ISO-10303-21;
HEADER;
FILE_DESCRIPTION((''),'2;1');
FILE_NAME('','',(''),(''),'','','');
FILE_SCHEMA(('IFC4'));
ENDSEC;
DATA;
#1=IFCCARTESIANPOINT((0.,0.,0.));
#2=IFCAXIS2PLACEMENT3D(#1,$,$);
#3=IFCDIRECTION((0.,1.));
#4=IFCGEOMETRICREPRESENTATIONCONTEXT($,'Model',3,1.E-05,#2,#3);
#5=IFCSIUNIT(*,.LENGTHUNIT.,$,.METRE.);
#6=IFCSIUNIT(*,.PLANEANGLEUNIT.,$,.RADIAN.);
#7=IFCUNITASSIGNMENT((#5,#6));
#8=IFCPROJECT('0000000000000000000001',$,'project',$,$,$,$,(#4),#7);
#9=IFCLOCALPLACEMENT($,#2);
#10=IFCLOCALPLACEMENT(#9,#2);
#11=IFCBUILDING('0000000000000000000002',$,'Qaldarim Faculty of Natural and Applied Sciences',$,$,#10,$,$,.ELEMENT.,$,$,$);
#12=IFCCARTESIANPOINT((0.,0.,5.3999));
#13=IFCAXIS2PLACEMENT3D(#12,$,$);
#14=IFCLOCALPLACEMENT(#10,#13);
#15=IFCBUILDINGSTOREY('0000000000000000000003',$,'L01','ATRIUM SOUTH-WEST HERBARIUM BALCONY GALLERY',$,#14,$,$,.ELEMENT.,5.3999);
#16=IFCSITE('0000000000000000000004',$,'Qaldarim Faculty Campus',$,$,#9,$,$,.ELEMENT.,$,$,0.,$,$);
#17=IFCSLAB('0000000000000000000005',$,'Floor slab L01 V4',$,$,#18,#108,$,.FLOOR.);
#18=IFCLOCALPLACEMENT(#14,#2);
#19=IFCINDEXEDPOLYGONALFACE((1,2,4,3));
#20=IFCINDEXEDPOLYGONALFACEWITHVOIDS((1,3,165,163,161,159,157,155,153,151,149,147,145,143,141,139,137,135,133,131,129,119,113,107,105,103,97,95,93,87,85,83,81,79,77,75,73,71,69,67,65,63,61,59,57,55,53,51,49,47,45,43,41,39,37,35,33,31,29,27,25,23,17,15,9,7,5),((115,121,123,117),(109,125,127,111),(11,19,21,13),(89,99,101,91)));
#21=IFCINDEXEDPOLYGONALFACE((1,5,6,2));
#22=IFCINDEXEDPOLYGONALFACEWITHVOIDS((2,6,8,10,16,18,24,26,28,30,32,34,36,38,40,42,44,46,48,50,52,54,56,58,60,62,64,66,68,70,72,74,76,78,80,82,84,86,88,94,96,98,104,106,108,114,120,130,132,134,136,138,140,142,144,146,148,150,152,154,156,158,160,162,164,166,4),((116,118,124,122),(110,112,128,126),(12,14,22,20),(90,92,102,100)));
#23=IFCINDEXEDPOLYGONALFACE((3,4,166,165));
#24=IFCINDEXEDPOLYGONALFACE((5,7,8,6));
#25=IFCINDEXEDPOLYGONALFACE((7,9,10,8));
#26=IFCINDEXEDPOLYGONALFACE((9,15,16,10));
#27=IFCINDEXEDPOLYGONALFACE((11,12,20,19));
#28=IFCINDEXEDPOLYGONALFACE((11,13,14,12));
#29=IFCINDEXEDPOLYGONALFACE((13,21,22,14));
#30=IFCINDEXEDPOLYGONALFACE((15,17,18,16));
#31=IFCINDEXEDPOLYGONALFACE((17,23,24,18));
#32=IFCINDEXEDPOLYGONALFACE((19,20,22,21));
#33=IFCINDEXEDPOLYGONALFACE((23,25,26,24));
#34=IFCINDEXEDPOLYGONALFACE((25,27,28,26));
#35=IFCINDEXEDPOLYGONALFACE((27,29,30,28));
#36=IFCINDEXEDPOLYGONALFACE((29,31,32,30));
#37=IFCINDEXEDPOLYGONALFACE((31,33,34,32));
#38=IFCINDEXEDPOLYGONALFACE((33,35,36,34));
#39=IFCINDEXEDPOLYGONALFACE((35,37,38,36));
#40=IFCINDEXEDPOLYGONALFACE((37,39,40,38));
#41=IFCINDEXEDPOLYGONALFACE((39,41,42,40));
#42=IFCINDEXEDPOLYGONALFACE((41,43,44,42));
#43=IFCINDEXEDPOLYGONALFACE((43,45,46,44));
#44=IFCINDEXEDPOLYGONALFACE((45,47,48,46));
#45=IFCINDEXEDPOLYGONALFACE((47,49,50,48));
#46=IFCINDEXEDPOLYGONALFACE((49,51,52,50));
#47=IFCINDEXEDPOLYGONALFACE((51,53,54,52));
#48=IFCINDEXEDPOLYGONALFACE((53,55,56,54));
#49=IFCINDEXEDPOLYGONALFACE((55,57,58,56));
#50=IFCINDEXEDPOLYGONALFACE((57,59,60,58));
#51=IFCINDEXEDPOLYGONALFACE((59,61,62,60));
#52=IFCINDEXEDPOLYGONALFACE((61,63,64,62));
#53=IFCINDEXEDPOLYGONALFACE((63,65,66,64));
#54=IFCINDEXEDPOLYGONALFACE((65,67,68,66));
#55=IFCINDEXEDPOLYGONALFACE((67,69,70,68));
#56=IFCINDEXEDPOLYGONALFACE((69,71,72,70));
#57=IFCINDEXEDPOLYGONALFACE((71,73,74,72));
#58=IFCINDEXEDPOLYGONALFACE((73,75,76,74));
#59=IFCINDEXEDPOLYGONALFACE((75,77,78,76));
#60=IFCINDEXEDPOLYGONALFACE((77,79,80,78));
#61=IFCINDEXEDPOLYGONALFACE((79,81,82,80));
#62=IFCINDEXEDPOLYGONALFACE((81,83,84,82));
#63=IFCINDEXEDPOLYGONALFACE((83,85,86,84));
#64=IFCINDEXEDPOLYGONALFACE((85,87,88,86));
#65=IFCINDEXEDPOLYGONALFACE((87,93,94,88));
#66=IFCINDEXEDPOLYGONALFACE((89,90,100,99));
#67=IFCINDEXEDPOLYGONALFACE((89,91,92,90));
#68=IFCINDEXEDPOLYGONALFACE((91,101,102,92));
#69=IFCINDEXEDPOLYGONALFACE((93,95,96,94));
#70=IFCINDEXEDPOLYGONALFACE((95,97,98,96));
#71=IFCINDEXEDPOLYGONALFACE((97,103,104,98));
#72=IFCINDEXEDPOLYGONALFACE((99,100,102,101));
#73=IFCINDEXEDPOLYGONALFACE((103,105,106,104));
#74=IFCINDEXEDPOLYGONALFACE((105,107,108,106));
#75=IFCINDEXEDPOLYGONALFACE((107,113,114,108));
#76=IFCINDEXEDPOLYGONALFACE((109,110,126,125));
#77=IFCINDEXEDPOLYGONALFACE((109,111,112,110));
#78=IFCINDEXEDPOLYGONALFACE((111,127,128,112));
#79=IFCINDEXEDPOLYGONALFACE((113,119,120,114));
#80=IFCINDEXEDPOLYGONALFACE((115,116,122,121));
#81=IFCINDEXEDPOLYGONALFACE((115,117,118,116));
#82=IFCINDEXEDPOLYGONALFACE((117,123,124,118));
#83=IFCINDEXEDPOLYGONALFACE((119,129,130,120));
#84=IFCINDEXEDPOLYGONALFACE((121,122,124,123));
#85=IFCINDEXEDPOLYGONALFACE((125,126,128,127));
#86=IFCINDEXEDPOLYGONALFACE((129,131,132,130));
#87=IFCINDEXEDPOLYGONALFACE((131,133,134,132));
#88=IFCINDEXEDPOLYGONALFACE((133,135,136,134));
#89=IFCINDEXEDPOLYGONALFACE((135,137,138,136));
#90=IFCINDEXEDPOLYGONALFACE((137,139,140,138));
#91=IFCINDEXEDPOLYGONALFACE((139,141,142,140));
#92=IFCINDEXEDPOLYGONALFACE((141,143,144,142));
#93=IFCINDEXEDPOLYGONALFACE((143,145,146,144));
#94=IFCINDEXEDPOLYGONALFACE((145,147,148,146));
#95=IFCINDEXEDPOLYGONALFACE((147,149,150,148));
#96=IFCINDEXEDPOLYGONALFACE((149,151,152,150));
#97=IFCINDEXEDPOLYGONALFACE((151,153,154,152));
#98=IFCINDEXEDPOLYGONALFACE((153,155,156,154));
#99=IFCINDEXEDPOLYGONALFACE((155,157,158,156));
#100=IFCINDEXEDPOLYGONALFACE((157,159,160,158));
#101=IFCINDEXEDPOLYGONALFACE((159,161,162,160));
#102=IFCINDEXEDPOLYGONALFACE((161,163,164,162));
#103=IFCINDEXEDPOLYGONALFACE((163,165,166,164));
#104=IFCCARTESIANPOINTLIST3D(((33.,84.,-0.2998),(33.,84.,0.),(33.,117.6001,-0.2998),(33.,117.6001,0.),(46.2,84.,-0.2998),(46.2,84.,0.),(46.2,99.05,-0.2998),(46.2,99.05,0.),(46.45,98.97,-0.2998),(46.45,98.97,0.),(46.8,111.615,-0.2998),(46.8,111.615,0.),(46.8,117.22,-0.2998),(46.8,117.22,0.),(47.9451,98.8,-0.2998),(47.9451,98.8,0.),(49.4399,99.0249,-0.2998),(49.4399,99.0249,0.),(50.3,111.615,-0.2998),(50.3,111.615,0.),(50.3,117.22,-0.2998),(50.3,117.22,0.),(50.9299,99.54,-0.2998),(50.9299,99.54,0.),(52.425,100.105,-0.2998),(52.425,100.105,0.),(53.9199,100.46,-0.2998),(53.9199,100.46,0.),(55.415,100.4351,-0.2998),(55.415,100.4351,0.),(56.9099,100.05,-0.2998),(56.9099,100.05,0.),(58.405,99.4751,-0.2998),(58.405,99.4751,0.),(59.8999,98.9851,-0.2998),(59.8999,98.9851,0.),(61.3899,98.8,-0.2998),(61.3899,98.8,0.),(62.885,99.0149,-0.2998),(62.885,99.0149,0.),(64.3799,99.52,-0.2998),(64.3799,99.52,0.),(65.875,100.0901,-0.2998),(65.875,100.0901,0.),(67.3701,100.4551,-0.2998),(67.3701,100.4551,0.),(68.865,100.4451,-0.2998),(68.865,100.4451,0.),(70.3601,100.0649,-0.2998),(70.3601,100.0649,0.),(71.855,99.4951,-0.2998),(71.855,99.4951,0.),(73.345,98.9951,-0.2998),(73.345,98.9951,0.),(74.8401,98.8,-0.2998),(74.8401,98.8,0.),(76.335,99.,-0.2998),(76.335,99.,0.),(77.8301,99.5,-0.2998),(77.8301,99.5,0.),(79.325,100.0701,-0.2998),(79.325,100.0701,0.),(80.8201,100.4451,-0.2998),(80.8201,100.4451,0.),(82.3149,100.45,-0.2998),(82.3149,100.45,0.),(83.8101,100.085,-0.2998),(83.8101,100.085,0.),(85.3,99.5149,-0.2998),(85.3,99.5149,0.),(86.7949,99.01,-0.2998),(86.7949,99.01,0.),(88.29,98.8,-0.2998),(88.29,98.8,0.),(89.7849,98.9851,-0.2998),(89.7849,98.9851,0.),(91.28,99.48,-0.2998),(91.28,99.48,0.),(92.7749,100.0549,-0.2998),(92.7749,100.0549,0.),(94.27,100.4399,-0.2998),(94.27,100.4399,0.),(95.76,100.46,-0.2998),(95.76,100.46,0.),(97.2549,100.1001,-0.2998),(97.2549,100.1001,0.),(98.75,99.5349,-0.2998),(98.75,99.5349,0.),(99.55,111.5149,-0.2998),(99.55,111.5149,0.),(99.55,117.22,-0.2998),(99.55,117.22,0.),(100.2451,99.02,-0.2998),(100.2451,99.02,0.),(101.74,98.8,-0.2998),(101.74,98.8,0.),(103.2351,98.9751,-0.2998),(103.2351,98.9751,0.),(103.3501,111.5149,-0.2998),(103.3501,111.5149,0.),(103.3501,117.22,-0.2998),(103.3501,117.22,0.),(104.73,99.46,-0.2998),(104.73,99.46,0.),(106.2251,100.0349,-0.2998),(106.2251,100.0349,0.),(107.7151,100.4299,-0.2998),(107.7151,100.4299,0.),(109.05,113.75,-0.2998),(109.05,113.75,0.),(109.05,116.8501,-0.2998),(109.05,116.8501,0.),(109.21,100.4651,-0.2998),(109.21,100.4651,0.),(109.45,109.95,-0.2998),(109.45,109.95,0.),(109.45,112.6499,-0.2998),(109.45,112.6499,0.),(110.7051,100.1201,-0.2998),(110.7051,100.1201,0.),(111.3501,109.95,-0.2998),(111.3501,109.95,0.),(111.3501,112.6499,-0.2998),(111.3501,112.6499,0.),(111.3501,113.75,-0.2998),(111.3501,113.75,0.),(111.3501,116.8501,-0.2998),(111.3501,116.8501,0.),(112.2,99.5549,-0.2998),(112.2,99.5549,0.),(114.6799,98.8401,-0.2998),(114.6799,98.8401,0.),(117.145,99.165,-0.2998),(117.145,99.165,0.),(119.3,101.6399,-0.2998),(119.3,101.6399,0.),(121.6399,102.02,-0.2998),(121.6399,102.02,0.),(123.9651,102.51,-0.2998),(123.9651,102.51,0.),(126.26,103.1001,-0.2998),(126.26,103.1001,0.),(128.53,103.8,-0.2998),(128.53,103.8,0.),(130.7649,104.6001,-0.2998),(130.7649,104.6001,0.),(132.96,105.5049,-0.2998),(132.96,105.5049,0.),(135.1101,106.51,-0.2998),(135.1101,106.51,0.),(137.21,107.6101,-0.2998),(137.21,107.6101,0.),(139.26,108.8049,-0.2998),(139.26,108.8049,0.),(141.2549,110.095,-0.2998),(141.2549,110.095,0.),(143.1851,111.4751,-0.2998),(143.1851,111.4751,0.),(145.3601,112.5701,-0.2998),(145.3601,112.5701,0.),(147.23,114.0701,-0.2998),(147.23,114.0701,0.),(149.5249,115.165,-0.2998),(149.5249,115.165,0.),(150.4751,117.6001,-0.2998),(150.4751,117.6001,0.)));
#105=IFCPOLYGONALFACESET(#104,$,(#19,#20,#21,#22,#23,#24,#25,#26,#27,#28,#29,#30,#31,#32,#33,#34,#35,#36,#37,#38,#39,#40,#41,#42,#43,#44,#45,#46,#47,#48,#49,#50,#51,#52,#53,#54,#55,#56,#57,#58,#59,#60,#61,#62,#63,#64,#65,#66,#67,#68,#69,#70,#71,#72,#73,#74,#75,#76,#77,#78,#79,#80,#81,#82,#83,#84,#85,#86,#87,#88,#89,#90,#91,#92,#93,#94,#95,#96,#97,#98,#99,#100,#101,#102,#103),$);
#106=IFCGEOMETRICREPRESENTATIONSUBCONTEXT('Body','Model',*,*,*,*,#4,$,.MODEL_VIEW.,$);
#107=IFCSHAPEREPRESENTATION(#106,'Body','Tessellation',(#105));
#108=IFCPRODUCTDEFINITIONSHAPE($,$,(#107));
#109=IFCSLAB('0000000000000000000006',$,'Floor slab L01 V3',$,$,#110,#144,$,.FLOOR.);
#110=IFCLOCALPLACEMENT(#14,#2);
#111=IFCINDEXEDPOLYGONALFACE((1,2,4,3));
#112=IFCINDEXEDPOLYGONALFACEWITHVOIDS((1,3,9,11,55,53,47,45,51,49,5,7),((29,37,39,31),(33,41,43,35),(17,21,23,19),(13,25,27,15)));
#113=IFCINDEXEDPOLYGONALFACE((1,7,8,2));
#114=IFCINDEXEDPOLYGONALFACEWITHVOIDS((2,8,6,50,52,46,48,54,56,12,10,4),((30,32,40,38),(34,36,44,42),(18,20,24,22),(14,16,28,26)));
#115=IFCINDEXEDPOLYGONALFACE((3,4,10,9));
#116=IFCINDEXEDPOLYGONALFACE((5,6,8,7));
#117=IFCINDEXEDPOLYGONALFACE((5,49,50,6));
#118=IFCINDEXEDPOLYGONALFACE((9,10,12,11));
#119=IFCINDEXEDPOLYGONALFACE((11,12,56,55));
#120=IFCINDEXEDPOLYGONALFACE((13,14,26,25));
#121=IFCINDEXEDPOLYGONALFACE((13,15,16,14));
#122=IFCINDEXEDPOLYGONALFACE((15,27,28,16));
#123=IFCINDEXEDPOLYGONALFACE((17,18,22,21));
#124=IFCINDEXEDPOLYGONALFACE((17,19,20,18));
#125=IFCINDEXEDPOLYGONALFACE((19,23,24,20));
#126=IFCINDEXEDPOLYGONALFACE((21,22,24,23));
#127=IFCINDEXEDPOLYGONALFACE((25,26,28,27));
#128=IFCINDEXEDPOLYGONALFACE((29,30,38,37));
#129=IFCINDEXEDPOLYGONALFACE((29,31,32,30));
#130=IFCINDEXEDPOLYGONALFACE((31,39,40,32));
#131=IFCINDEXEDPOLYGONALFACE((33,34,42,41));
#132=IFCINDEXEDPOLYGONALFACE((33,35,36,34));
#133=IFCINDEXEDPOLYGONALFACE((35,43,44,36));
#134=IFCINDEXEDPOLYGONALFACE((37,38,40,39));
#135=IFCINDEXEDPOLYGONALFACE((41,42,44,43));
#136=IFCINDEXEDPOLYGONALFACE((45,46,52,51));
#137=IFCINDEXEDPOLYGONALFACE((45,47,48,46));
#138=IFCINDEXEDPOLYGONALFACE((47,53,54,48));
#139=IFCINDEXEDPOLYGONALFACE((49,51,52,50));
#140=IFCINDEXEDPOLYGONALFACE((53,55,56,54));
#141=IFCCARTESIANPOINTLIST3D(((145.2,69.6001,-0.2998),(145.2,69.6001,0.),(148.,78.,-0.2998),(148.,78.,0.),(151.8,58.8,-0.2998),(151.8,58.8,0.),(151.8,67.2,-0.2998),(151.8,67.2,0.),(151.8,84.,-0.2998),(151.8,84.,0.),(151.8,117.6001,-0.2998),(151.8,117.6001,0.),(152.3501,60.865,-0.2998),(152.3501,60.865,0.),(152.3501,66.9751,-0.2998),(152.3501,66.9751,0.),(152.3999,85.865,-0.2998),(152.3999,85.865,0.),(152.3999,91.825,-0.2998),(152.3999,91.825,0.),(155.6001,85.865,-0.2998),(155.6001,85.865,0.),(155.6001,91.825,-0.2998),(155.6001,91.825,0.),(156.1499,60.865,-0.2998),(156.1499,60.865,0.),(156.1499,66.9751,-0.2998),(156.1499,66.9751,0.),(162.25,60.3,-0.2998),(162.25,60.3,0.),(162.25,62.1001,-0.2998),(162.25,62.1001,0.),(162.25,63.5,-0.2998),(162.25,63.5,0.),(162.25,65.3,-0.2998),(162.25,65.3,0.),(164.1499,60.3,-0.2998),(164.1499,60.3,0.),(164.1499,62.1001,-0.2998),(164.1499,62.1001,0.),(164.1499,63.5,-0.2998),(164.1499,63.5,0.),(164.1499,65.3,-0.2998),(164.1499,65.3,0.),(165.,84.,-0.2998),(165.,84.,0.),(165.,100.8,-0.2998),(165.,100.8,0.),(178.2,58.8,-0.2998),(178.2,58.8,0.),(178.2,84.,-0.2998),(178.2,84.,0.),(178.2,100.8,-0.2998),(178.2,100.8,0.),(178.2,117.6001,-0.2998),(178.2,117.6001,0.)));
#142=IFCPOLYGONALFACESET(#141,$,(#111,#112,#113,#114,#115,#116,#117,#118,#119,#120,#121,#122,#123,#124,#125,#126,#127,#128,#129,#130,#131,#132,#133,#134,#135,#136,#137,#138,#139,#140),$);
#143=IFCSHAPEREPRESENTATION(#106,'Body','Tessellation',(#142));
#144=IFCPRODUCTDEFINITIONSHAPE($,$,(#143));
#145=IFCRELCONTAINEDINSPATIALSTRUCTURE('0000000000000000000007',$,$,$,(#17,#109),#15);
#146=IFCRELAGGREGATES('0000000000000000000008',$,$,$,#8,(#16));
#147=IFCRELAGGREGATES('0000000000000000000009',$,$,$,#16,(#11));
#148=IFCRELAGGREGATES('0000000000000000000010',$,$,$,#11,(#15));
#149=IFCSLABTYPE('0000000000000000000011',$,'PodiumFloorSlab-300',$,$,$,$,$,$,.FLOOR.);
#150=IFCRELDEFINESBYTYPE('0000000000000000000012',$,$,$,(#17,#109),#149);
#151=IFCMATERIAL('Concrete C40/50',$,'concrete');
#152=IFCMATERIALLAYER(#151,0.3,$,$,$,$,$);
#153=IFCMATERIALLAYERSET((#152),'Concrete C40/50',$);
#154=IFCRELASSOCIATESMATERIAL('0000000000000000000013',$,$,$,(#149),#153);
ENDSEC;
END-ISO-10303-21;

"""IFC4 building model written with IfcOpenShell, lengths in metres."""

from ifc_helpers import new_model, si_unit, direction, frame, origin, place, context, subcontext, project, spatial, polyline, outline, extrude, material, layer, layer_set, type_object, element, save


model = new_model("IFC4")

# Units and contexts
model_context = context("Model", 3, precision=1e-05, world=origin(), true_north=direction((0.0, 1.0)))
body_context = subcontext(model_context, "Body", "Model", "MODEL_VIEW")
ifc_project = project(units=[si_unit("LENGTHUNIT", "METRE"), si_unit("PLANEANGLEUNIT", "RADIAN")], contexts=[model_context])

# Site, building, storey
site_placement = place(None, origin())
site = spatial("IfcSite", under=ifc_project, at=site_placement, Name="Qaldarim Faculty Campus", CompositionType="ELEMENT", RefElevation=0.0)
building_placement = place(site_placement, origin())
building = spatial("IfcBuilding", under=site, at=building_placement, Name="Qaldarim Faculty of Natural and Applied Sciences", CompositionType="ELEMENT")
storey_placement = place(building_placement, frame((0.0, 0.0, 5.3999)))
storey = spatial("IfcBuildingStorey", under=building, at=storey_placement, Name="L01", Description="ATRIUM SOUTH-WEST HERBARIUM BALCONY GALLERY", CompositionType="ELEMENT", Elevation=5.3999)

# Slabs
ifc_material_1 = material(Name="Concrete C40/50", Category="concrete")
ifc_layer_1 = layer(ifc_material_1, 0.3)
ifc_layer_set_1 = layer_set([ifc_layer_1], Name="Concrete C40/50")
slab_type_1 = type_object("IfcSlabType", Name="PodiumFloorSlab-300", PredefinedType="FLOOR", material=ifc_layer_set_1)
slab_1_placement = place(storey_placement, frame((0.0, 0.0, -0.2998)))
element("IfcSlab", 1, at=slab_1_placement, inside=storey, type_object=slab_type_1, Name="Floor slab L01 V4", PredefinedType="FLOOR", context=body_context, shape_type="SweptSolid", body=[
    extrude(outline(polyline([(33.0, 84.0), (33.0, 117.6001), (150.4751, 117.6001), (149.5249, 115.165), (147.23, 114.0701), (145.3601, 112.5701), (143.1851, 111.4751), (141.2549, 110.095), (139.26, 108.8049), (137.21, 107.6101), (135.1101, 106.51), (132.96, 105.5049), (130.7649, 104.6001), (128.53, 103.8), (126.26, 103.1001), (123.9651, 102.51), (121.6399, 102.02), (119.3, 101.6399), (117.145, 99.165), (114.6799, 98.8401), (112.2, 99.5549), (110.7051, 100.1201), (109.21, 100.4651), (107.7151, 100.4299), (106.2251, 100.0349), (104.73, 99.46), (103.2351, 98.9751), (101.74, 98.8), (100.2451, 99.02), (98.75, 99.5349), (97.2549, 100.1001), (95.76, 100.46), (94.27, 100.4399), (92.7749, 100.0549), (91.28, 99.48), (89.7849, 98.9851), (88.29, 98.8), (86.7949, 99.01), (85.3, 99.5149), (83.8101, 100.085), (82.3149, 100.45), (80.8201, 100.4451), (79.325, 100.0701), (77.8301, 99.5), (76.335, 99.0), (74.8401, 98.8), (73.345, 98.9951), (71.855, 99.4951), (70.3601, 100.0649), (68.865, 100.4451), (67.3701, 100.4551), (65.875, 100.0901), (64.3799, 99.52), (62.885, 99.0149), (61.3899, 98.8), (59.8999, 98.9851), (58.405, 99.4751), (56.9099, 100.05), (55.415, 100.4351), (53.9199, 100.46), (52.425, 100.105), (50.9299, 99.54), (49.4399, 99.0249), (47.9451, 98.8), (46.45, 98.97), (46.2, 99.05), (46.2, 84.0), (33.0, 84.0)]), holes=[polyline([(103.3501, 111.5149), (103.3501, 117.22), (99.55, 117.22), (99.55, 111.5149), (103.3501, 111.5149)]), polyline([(50.3, 111.615), (50.3, 117.22), (46.8, 117.22), (46.8, 111.615), (50.3, 111.615)]), polyline([(109.45, 109.95), (111.3501, 109.95), (111.3501, 112.6499), (109.45, 112.6499), (109.45, 109.95)]), polyline([(109.05, 113.75), (111.3501, 113.75), (111.3501, 116.8501), (109.05, 116.8501), (109.05, 113.75)])]), origin(), (0.0, 0.0, 1.0), 0.2998),
])
slab_2_placement = place(storey_placement, frame((0.0, 0.0, -0.2998)))
element("IfcSlab", 2, at=slab_2_placement, inside=storey, type_object=slab_type_1, Name="Floor slab L01 V3", PredefinedType="FLOOR", context=body_context, shape_type="SweptSolid", body=[
    extrude(outline(polyline([(148.0, 78.0), (151.8, 84.0), (151.8, 117.6001), (178.2, 117.6001), (178.2, 100.8), (165.0, 100.8), (165.0, 84.0), (178.2, 84.0), (178.2, 58.8), (151.8, 58.8), (151.8, 67.2), (145.2, 69.6001), (148.0, 78.0)]), holes=[polyline([(156.1499, 60.865), (156.1499, 66.9751), (152.3501, 66.9751), (152.3501, 60.865), (156.1499, 60.865)]), polyline([(155.6001, 85.865), (155.6001, 91.825), (152.3999, 91.825), (152.3999, 85.865), (155.6001, 85.865)]), polyline([(162.25, 60.3), (164.1499, 60.3), (164.1499, 62.1001), (162.25, 62.1001), (162.25, 60.3)]), polyline([(162.25, 63.5), (164.1499, 63.5), (164.1499, 65.3), (162.25, 65.3), (162.25, 63.5)])]), origin(), (0.0, 0.0, 1.0), 0.2998),
])

save(model, "model.ifc")
